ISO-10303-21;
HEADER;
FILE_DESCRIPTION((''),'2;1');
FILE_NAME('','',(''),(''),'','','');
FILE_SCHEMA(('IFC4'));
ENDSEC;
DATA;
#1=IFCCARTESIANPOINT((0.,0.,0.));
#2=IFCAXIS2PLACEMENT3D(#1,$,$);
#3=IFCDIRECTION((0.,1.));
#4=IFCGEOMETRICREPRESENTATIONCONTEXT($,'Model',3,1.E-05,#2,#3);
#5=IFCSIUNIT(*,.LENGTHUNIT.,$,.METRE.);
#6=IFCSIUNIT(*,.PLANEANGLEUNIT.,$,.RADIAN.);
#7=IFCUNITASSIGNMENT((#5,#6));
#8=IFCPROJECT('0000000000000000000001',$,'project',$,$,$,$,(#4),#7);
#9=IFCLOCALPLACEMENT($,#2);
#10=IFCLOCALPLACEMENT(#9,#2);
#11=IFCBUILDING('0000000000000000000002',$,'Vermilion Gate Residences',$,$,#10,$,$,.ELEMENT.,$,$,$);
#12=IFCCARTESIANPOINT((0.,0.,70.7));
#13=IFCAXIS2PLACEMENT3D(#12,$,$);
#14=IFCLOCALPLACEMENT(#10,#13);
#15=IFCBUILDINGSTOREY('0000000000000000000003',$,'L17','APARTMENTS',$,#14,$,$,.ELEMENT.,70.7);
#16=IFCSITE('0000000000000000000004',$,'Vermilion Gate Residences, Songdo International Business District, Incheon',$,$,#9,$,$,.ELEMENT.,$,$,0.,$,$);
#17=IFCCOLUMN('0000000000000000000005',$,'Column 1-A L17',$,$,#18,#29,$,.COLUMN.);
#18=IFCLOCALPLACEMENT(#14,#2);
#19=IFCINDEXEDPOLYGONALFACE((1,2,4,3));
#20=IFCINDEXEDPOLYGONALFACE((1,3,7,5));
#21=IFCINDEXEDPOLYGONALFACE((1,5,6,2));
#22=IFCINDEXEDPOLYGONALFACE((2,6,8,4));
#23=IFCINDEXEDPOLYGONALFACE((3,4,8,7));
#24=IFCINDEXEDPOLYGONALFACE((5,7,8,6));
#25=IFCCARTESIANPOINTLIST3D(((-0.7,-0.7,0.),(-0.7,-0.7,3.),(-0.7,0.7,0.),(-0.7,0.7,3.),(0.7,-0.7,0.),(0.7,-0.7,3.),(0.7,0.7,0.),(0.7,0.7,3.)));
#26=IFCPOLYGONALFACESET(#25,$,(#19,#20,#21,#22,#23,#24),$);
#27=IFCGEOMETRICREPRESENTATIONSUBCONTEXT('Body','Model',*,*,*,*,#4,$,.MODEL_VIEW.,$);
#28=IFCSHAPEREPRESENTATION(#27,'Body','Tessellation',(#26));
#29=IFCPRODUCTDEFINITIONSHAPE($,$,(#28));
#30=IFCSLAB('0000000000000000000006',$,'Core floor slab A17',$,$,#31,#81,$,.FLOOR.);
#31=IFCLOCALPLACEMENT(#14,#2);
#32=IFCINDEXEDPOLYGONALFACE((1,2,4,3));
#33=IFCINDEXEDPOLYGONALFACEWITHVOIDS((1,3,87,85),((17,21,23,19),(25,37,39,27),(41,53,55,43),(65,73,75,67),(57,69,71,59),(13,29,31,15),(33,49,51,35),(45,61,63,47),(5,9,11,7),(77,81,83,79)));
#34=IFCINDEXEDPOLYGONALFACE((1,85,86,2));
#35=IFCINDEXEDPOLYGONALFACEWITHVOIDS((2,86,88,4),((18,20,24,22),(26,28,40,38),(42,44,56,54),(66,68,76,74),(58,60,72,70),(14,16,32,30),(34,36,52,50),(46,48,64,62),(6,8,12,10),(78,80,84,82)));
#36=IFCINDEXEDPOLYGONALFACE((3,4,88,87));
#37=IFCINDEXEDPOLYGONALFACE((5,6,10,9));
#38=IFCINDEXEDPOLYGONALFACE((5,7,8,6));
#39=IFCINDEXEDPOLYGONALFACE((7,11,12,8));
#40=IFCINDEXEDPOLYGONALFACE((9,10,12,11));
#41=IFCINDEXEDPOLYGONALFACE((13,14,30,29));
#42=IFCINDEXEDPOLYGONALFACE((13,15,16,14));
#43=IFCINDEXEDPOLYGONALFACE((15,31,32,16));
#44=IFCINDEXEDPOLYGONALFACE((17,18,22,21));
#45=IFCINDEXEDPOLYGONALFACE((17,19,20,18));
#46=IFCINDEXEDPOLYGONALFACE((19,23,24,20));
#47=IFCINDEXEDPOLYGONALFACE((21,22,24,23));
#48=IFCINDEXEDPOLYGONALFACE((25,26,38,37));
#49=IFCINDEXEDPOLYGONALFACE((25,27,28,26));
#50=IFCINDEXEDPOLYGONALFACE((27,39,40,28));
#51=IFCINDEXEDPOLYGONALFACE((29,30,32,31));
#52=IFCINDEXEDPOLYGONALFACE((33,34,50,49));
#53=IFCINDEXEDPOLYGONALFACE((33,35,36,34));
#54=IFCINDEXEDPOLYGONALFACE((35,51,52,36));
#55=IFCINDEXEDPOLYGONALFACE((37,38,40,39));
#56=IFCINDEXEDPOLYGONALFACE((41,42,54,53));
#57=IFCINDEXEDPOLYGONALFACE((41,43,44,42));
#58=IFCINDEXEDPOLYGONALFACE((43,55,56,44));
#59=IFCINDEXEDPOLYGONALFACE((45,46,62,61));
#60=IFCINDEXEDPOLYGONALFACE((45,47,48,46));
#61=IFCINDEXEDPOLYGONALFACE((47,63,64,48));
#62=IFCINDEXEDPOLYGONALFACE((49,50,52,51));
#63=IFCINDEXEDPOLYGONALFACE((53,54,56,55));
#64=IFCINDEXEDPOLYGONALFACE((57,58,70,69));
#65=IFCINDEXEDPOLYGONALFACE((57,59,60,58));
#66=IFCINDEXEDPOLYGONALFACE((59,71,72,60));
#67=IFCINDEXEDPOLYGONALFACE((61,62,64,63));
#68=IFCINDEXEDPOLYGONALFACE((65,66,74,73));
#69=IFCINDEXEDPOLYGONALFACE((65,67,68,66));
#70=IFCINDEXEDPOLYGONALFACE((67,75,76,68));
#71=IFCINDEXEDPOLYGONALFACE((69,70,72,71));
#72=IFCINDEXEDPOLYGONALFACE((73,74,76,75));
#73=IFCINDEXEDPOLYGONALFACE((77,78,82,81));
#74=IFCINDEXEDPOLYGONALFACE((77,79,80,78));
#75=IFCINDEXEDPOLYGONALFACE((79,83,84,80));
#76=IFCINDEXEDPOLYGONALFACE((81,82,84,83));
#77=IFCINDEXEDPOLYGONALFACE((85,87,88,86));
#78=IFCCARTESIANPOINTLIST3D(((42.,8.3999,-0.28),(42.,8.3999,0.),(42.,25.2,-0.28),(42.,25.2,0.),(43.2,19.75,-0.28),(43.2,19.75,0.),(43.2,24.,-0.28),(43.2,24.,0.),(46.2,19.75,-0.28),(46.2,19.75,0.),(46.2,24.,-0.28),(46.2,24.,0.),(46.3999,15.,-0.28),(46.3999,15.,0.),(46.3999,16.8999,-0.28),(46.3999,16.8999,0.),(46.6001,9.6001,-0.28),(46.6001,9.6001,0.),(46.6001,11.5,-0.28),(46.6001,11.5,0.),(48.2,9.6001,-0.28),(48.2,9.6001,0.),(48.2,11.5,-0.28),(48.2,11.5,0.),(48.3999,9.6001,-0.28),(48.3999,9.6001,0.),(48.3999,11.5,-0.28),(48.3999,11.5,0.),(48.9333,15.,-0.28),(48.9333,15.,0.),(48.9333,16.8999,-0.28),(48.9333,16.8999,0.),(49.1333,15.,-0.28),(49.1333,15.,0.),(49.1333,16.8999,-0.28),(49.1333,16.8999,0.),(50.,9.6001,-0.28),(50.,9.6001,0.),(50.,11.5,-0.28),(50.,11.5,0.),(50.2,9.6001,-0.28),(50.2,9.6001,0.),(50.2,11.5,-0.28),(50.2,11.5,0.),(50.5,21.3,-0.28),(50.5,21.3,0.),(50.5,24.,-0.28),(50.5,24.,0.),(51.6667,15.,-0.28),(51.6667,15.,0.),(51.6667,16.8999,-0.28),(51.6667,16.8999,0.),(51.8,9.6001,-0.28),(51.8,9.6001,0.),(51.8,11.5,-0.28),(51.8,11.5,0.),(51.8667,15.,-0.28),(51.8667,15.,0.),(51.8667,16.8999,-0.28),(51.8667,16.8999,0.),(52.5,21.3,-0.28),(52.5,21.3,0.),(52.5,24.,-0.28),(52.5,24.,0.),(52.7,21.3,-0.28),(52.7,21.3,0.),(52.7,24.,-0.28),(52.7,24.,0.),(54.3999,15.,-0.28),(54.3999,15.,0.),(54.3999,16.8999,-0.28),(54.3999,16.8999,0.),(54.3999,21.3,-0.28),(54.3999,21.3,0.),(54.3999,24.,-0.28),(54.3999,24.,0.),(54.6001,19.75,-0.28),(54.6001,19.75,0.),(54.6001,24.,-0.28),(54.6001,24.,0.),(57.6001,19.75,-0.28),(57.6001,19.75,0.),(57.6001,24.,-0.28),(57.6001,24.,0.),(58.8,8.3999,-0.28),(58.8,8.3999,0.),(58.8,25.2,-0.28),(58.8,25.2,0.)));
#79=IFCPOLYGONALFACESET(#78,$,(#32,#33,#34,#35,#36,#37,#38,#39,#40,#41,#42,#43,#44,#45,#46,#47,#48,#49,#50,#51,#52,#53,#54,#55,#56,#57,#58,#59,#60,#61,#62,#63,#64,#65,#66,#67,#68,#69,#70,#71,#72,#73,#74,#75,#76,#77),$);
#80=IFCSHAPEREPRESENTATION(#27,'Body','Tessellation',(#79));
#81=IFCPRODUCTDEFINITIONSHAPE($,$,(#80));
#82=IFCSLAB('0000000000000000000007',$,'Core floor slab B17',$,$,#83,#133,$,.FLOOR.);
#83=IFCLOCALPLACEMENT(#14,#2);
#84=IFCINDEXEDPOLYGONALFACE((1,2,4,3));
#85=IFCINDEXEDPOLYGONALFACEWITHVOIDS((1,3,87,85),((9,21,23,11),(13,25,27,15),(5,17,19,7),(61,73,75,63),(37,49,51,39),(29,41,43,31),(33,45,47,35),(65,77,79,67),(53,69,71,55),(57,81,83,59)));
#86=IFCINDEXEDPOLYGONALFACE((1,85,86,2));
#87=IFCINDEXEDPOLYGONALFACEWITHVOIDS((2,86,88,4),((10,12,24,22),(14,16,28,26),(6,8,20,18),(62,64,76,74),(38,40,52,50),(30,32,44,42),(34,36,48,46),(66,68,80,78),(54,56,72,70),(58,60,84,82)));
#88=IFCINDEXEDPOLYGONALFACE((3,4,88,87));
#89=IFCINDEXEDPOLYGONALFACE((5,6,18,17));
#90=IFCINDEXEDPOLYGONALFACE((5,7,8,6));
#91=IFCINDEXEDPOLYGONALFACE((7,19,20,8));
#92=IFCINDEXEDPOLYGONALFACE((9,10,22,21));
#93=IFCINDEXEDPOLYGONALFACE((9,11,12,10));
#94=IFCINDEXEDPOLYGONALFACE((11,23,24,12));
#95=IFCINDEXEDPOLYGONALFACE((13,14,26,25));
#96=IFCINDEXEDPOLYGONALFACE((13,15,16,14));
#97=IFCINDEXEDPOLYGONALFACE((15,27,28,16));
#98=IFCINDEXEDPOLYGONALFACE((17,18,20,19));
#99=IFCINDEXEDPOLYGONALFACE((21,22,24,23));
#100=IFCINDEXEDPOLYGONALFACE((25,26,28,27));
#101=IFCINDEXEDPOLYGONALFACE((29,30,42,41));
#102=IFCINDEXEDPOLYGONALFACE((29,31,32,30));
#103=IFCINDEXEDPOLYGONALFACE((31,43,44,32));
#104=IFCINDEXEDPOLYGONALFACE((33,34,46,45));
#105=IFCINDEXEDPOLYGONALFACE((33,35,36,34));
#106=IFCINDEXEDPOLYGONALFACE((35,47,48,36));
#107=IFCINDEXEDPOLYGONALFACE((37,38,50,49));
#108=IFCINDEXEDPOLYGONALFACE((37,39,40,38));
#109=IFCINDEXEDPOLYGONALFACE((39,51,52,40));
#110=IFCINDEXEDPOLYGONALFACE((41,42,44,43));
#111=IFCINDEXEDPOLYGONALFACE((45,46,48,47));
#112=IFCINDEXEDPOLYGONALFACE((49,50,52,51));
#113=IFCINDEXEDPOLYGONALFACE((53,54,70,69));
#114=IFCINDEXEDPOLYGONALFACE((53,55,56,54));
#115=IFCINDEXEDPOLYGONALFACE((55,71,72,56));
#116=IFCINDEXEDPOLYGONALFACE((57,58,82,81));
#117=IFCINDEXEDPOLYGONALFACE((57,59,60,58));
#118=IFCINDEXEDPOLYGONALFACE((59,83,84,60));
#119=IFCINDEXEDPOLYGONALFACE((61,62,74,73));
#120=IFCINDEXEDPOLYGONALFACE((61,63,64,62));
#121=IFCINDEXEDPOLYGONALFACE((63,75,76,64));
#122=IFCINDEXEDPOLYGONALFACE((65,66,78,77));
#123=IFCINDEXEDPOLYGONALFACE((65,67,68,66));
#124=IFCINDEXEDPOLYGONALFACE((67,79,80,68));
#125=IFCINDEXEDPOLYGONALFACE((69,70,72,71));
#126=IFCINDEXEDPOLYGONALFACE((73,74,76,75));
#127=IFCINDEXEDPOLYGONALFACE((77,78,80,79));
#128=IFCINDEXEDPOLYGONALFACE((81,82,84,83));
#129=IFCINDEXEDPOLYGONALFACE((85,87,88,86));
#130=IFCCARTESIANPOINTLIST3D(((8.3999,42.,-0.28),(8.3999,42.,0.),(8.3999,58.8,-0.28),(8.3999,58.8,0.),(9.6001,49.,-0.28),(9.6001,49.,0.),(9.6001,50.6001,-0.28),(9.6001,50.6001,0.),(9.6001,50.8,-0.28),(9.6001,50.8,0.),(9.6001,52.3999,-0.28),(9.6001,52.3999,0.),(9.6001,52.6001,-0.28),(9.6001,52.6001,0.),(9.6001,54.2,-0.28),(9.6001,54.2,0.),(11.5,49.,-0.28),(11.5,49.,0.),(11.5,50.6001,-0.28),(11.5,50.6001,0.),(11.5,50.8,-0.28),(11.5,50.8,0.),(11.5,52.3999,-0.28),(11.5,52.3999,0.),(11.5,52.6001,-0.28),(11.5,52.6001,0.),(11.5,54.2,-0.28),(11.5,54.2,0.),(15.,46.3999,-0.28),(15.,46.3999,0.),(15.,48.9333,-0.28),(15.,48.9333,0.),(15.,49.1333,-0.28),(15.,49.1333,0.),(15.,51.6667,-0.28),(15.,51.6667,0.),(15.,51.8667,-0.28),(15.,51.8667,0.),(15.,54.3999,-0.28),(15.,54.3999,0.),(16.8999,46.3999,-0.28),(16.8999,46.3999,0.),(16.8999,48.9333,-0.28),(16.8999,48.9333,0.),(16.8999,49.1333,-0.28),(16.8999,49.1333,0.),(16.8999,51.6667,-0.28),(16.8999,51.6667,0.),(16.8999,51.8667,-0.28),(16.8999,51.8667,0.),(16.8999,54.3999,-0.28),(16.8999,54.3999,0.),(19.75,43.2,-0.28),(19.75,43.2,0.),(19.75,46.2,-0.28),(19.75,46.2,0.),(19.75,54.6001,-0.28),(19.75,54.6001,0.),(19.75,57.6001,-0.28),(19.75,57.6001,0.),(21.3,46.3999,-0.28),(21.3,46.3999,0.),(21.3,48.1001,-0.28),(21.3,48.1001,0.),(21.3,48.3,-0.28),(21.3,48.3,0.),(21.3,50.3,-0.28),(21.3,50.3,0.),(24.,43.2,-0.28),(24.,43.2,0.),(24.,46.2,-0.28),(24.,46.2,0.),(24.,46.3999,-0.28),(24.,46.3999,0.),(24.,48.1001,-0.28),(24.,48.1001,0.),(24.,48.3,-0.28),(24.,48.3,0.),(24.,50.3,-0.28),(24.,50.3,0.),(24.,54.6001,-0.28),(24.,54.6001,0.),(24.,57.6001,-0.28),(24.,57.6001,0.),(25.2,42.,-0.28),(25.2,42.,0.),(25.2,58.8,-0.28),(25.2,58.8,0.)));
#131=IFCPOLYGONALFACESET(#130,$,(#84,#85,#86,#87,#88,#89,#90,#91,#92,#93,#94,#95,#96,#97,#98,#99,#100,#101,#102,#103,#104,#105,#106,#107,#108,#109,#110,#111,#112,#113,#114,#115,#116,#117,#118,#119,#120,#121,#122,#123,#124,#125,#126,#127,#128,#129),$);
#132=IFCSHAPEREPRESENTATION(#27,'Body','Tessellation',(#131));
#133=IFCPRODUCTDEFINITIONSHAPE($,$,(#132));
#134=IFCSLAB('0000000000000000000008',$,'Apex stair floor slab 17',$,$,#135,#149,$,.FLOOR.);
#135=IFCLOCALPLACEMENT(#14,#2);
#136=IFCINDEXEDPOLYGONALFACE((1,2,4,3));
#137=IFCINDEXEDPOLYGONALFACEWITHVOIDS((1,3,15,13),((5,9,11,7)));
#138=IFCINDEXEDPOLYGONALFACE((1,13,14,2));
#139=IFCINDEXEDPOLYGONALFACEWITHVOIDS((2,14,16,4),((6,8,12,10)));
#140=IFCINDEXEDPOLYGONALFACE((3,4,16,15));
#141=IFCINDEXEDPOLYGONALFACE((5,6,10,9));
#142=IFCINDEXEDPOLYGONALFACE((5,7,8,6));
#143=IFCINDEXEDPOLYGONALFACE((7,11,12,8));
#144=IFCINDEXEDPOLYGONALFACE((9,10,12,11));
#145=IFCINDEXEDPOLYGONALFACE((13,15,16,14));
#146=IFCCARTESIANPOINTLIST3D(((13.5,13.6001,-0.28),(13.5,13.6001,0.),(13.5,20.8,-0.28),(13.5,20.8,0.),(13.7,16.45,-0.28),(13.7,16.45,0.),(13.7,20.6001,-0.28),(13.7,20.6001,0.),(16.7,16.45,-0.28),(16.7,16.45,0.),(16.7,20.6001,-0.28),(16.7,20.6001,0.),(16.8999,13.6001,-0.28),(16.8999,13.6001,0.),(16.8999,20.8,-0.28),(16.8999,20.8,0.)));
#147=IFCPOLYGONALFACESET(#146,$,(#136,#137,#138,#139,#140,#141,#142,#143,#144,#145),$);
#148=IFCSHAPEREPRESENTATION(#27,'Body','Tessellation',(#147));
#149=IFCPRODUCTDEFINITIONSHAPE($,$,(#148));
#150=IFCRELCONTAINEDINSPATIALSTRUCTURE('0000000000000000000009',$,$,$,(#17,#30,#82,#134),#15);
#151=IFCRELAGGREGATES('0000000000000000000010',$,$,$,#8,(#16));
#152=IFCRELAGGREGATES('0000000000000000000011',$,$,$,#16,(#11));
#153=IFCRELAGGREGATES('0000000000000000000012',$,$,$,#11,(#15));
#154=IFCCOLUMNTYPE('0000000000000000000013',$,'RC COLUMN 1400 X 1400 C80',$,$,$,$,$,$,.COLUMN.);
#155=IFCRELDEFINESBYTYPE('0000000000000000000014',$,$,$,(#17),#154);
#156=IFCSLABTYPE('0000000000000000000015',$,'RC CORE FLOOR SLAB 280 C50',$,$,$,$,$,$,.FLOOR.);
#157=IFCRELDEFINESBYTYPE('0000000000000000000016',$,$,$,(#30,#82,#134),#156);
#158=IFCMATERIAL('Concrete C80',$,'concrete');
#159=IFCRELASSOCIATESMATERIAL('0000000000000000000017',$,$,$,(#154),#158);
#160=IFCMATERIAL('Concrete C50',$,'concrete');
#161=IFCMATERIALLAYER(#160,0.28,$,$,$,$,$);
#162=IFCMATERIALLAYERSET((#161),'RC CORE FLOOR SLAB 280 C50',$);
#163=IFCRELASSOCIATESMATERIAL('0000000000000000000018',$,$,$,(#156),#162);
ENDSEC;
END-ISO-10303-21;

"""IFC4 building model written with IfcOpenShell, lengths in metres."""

from ifc_helpers import new_model, si_unit, direction, frame, origin, origin_with_axes, origin_2d, place, context, subcontext, project, spatial, polyline, rectangle, outline, extrude, material, layer, layer_set, material_profile, profile_set, type_object, element, save


model = new_model("IFC4")

# Units and contexts
model_context = context("Model", 3, precision=1e-05, world=origin(), true_north=direction((0.0, 1.0)))
body_context = subcontext(model_context, "Body", "Model", "MODEL_VIEW")
ifc_project = project(units=[si_unit("LENGTHUNIT", "METRE"), si_unit("PLANEANGLEUNIT", "RADIAN")], contexts=[model_context])

# Site, building, storey
site_placement = place(None, origin())
site = spatial("IfcSite", under=ifc_project, at=site_placement, Name="Vermilion Gate Residences, Songdo International Business District, Incheon", CompositionType="ELEMENT", RefElevation=0.0)
building_placement = place(site_placement, origin())
building = spatial("IfcBuilding", under=site, at=building_placement, Name="Vermilion Gate Residences", CompositionType="ELEMENT")
storey_placement = place(building_placement, frame((0.0, 0.0, 70.7)))
storey = spatial("IfcBuildingStorey", under=building, at=storey_placement, Name="L17", Description="APARTMENTS", CompositionType="ELEMENT", Elevation=70.7)

# Column
ifc_material_1 = material(Name="Concrete C80", Category="concrete")
ifc_material_profile = material_profile(ifc_material_1, rectangle(XDim=1.3999, YDim=1.3999, at=origin_2d()), Name="RC-1400x1400")
ifc_profile_set = profile_set([ifc_material_profile], Name="Concrete C80")
column_type = type_object("IfcColumnType", Name="RC COLUMN 1400 X 1400 C80", PredefinedType="COLUMN", material=ifc_profile_set)
column_placement = place(storey_placement, origin_with_axes())
element("IfcColumn", 1, at=column_placement, inside=storey, type_object=column_type, Name="Column 1-A L17", PredefinedType="COLUMN", context=body_context, shape_type="SweptSolid", body=[
    extrude(rectangle(XDim=1.3999, YDim=1.3999, at=origin_2d()), origin(), (0.0, 0.0, 1.0), 3.0),
])

# Slabs
ifc_material_2 = material(Name="Concrete C50", Category="concrete")
ifc_layer_1 = layer(ifc_material_2, 0.28)
ifc_layer_set_1 = layer_set([ifc_layer_1], Name="RC CORE FLOOR SLAB 280 C50")
slab_type_1 = type_object("IfcSlabType", Name="RC CORE FLOOR SLAB 280 C50", PredefinedType="FLOOR", material=ifc_layer_set_1)
slab_1_placement = place(storey_placement, frame((0.0, 0.0, -0.28)))
element("IfcSlab", 2, at=slab_1_placement, inside=storey, type_object=slab_type_1, Name="Core floor slab A17", PredefinedType="FLOOR", context=body_context, shape_type="SweptSolid", body=[
    extrude(outline(polyline([(42.0, 8.3999), (58.8, 8.3999), (58.8, 25.2), (42.0, 25.2), (42.0, 8.3999)]), holes=[polyline([(46.6001, 11.5), (48.2, 11.5), (48.2, 9.6001), (46.6001, 9.6001), (46.6001, 11.5)]), polyline([(48.3999, 11.5), (50.0, 11.5), (50.0, 9.6001), (48.3999, 9.6001), (48.3999, 11.5)]), polyline([(50.2, 11.5), (51.8, 11.5), (51.8, 9.6001), (50.2, 9.6001), (50.2, 11.5)]), polyline([(48.9333, 16.8999), (48.9333, 15.0), (46.3999, 15.0), (46.3999, 16.8999), (48.9333, 16.8999)]), polyline([(51.6667, 16.8999), (51.6667, 15.0), (49.1333, 15.0), (49.1333, 16.8999), (51.6667, 16.8999)]), polyline([(51.8667, 16.8999), (54.3999, 16.8999), (54.3999, 15.0), (51.8667, 15.0), (51.8667, 16.8999)]), polyline([(43.2, 24.0), (46.2, 24.0), (46.2, 19.75), (43.2, 19.75), (43.2, 24.0)]), polyline([(54.6001, 24.0), (57.6001, 24.0), (57.6001, 19.75), (54.6001, 19.75), (54.6001, 24.0)]), polyline([(52.5, 24.0), (52.5, 21.3), (50.5, 21.3), (50.5, 24.0), (52.5, 24.0)]), polyline([(54.3999, 24.0), (54.3999, 21.3), (52.7, 21.3), (52.7, 24.0), (54.3999, 24.0)])]), origin(), (0.0, 0.0, 1.0), 0.28),
])
slab_2_placement = place(storey_placement, frame((0.0, 0.0, -0.28)))
element("IfcSlab", 3, at=slab_2_placement, inside=storey, type_object=slab_type_1, Name="Core floor slab B17", PredefinedType="FLOOR", context=body_context, shape_type="SweptSolid", body=[
    extrude(outline(polyline([(8.3999, 42.0), (25.2, 42.0), (25.2, 58.8), (8.3999, 58.8), (8.3999, 42.0)]), holes=[polyline([(19.75, 46.2), (24.0, 46.2), (24.0, 43.2), (19.75, 43.2), (19.75, 46.2)]), polyline([(21.3, 48.1001), (24.0, 48.1001), (24.0, 46.3999), (21.3, 46.3999), (21.3, 48.1001)]), polyline([(15.0, 48.9333), (16.8999, 48.9333), (16.8999, 46.3999), (15.0, 46.3999), (15.0, 48.9333)]), polyline([(24.0, 50.3), (24.0, 48.3), (21.3, 48.3), (21.3, 50.3), (24.0, 50.3)]), polyline([(11.5, 50.6001), (11.5, 49.0), (9.6001, 49.0), (9.6001, 50.6001), (11.5, 50.6001)]), polyline([(15.0, 51.6667), (16.8999, 51.6667), (16.8999, 49.1333), (15.0, 49.1333), (15.0, 51.6667)]), polyline([(9.6001, 52.3999), (11.5, 52.3999), (11.5, 50.8), (9.6001, 50.8), (9.6001, 52.3999)]), polyline([(15.0, 54.3999), (16.8999, 54.3999), (16.8999, 51.8667), (15.0, 51.8667), (15.0, 54.3999)]), polyline([(11.5, 54.2), (11.5, 52.6001), (9.6001, 52.6001), (9.6001, 54.2), (11.5, 54.2)]), polyline([(24.0, 57.6001), (24.0, 54.6001), (19.75, 54.6001), (19.75, 57.6001), (24.0, 57.6001)])]), origin(), (0.0, 0.0, 1.0), 0.28),
])
slab_3_placement = place(storey_placement, frame((0.0, 0.0, -0.28)))
element("IfcSlab", 4, at=slab_3_placement, inside=storey, type_object=slab_type_1, Name="Apex stair floor slab 17", PredefinedType="FLOOR", context=body_context, shape_type="SweptSolid", body=[
    extrude(outline(polyline([(13.5, 13.6001), (16.8999, 13.6001), (16.8999, 20.8), (13.5, 20.8), (13.5, 13.6001)]), holes=[polyline([(16.7, 20.6001), (16.7, 16.45), (13.7, 16.45), (13.7, 20.6001), (16.7, 20.6001)])]), origin(), (0.0, 0.0, 1.0), 0.28),
])

save(model, "model.ifc")
